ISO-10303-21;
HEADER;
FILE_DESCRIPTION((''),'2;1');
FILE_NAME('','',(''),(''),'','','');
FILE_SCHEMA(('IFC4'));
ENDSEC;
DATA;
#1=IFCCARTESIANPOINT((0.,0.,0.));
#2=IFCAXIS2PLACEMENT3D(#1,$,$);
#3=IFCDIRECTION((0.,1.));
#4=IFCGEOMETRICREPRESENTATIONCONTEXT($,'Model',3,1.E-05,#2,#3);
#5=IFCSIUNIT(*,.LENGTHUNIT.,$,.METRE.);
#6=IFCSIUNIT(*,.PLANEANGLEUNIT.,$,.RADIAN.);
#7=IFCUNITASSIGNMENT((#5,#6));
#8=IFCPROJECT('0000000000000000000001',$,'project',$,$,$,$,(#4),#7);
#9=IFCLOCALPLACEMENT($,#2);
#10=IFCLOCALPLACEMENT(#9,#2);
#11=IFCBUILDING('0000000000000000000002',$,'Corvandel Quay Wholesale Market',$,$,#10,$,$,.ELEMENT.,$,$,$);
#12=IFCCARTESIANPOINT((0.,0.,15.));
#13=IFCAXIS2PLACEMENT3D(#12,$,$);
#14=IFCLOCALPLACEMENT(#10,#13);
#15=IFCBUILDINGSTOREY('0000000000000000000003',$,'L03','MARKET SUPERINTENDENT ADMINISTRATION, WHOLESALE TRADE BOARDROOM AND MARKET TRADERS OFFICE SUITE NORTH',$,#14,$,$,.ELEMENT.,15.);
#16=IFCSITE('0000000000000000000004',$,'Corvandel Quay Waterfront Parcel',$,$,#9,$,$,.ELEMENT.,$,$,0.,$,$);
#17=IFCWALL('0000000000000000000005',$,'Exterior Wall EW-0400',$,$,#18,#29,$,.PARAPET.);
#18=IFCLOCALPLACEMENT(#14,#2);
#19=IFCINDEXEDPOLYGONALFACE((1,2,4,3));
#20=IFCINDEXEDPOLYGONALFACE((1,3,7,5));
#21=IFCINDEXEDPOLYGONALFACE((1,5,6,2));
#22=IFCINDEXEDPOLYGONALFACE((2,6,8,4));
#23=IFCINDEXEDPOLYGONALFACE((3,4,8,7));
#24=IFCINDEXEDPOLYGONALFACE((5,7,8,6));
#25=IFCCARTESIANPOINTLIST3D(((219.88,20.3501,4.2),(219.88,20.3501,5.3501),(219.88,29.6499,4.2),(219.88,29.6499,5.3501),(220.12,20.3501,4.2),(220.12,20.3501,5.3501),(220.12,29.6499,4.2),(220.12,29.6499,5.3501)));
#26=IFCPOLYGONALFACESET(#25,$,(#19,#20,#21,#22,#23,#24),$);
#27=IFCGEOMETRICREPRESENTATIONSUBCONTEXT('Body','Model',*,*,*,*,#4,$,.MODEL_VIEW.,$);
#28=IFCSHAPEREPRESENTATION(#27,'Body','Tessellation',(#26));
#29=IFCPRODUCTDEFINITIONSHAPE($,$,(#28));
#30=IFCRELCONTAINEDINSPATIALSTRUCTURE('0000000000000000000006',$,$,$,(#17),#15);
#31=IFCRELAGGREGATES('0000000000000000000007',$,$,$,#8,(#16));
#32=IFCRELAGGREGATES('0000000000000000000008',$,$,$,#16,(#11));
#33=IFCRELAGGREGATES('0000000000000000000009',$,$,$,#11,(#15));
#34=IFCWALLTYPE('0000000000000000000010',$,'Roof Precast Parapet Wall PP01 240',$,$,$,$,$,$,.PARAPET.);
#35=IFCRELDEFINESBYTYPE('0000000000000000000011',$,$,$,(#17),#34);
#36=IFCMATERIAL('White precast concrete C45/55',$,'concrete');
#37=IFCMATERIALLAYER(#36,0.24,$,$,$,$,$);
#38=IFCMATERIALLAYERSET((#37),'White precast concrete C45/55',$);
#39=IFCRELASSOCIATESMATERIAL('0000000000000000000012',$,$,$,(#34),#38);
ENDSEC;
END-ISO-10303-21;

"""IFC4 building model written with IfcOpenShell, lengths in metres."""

from ifc_helpers import new_model, si_unit, direction, frame, frame_2d, origin, place, context, subcontext, project, spatial, rectangle, extrude, material, layer, layer_set, type_object, element, save


model = new_model("IFC4")

# Units and contexts
model_context = context("Model", 3, precision=1e-05, world=origin(), true_north=direction((0.0, 1.0)))
body_context = subcontext(model_context, "Body", "Model", "MODEL_VIEW")
ifc_project = project(units=[si_unit("LENGTHUNIT", "METRE"), si_unit("PLANEANGLEUNIT", "RADIAN")], contexts=[model_context])

# Site, building, storey
site_placement = place(None, origin())
site = spatial("IfcSite", under=ifc_project, at=site_placement, Name="Corvandel Quay Waterfront Parcel", CompositionType="ELEMENT", RefElevation=0.0)
building_placement = place(site_placement, origin())
building = spatial("IfcBuilding", under=site, at=building_placement, Name="Corvandel Quay Wholesale Market", CompositionType="ELEMENT")
storey_placement = place(building_placement, frame((0.0, 0.0, 15.0)))
storey = spatial("IfcBuildingStorey", under=building, at=storey_placement, Name="L03", Description="MARKET SUPERINTENDENT ADMINISTRATION, WHOLESALE TRADE BOARDROOM AND MARKET TRADERS OFFICE SUITE NORTH", CompositionType="ELEMENT", Elevation=15.0)

# Wall
ifc_material_1 = material(Name="White precast concrete C45/55", Category="concrete")
ifc_layer_1 = layer(ifc_material_1, 0.24)
ifc_layer_set_1 = layer_set([ifc_layer_1], Name="White precast concrete C45/55")
wall_type = type_object("IfcWallType", Name="Roof Precast Parapet Wall PP01 240", PredefinedType="PARAPET", material=ifc_layer_set_1)
wall_placement = place(storey_placement, frame((220.0, 20.3501, 4.2), z_axis=(0.0, 0.0, 1.0), x_axis=(0.0, 1.0, 0.0)))
element("IfcWall", 1, at=wall_placement, inside=storey, type_object=wall_type, Name="Exterior Wall EW-0400", PredefinedType="PARAPET", context=body_context, shape_type="SweptSolid", body=[
    extrude(rectangle(XDim=9.2998, YDim=0.24, at=frame_2d((4.6499, 0.0))), origin(), (0.0, 0.0, 1.0), 1.1501),
])

save(model, "model.ifc")
